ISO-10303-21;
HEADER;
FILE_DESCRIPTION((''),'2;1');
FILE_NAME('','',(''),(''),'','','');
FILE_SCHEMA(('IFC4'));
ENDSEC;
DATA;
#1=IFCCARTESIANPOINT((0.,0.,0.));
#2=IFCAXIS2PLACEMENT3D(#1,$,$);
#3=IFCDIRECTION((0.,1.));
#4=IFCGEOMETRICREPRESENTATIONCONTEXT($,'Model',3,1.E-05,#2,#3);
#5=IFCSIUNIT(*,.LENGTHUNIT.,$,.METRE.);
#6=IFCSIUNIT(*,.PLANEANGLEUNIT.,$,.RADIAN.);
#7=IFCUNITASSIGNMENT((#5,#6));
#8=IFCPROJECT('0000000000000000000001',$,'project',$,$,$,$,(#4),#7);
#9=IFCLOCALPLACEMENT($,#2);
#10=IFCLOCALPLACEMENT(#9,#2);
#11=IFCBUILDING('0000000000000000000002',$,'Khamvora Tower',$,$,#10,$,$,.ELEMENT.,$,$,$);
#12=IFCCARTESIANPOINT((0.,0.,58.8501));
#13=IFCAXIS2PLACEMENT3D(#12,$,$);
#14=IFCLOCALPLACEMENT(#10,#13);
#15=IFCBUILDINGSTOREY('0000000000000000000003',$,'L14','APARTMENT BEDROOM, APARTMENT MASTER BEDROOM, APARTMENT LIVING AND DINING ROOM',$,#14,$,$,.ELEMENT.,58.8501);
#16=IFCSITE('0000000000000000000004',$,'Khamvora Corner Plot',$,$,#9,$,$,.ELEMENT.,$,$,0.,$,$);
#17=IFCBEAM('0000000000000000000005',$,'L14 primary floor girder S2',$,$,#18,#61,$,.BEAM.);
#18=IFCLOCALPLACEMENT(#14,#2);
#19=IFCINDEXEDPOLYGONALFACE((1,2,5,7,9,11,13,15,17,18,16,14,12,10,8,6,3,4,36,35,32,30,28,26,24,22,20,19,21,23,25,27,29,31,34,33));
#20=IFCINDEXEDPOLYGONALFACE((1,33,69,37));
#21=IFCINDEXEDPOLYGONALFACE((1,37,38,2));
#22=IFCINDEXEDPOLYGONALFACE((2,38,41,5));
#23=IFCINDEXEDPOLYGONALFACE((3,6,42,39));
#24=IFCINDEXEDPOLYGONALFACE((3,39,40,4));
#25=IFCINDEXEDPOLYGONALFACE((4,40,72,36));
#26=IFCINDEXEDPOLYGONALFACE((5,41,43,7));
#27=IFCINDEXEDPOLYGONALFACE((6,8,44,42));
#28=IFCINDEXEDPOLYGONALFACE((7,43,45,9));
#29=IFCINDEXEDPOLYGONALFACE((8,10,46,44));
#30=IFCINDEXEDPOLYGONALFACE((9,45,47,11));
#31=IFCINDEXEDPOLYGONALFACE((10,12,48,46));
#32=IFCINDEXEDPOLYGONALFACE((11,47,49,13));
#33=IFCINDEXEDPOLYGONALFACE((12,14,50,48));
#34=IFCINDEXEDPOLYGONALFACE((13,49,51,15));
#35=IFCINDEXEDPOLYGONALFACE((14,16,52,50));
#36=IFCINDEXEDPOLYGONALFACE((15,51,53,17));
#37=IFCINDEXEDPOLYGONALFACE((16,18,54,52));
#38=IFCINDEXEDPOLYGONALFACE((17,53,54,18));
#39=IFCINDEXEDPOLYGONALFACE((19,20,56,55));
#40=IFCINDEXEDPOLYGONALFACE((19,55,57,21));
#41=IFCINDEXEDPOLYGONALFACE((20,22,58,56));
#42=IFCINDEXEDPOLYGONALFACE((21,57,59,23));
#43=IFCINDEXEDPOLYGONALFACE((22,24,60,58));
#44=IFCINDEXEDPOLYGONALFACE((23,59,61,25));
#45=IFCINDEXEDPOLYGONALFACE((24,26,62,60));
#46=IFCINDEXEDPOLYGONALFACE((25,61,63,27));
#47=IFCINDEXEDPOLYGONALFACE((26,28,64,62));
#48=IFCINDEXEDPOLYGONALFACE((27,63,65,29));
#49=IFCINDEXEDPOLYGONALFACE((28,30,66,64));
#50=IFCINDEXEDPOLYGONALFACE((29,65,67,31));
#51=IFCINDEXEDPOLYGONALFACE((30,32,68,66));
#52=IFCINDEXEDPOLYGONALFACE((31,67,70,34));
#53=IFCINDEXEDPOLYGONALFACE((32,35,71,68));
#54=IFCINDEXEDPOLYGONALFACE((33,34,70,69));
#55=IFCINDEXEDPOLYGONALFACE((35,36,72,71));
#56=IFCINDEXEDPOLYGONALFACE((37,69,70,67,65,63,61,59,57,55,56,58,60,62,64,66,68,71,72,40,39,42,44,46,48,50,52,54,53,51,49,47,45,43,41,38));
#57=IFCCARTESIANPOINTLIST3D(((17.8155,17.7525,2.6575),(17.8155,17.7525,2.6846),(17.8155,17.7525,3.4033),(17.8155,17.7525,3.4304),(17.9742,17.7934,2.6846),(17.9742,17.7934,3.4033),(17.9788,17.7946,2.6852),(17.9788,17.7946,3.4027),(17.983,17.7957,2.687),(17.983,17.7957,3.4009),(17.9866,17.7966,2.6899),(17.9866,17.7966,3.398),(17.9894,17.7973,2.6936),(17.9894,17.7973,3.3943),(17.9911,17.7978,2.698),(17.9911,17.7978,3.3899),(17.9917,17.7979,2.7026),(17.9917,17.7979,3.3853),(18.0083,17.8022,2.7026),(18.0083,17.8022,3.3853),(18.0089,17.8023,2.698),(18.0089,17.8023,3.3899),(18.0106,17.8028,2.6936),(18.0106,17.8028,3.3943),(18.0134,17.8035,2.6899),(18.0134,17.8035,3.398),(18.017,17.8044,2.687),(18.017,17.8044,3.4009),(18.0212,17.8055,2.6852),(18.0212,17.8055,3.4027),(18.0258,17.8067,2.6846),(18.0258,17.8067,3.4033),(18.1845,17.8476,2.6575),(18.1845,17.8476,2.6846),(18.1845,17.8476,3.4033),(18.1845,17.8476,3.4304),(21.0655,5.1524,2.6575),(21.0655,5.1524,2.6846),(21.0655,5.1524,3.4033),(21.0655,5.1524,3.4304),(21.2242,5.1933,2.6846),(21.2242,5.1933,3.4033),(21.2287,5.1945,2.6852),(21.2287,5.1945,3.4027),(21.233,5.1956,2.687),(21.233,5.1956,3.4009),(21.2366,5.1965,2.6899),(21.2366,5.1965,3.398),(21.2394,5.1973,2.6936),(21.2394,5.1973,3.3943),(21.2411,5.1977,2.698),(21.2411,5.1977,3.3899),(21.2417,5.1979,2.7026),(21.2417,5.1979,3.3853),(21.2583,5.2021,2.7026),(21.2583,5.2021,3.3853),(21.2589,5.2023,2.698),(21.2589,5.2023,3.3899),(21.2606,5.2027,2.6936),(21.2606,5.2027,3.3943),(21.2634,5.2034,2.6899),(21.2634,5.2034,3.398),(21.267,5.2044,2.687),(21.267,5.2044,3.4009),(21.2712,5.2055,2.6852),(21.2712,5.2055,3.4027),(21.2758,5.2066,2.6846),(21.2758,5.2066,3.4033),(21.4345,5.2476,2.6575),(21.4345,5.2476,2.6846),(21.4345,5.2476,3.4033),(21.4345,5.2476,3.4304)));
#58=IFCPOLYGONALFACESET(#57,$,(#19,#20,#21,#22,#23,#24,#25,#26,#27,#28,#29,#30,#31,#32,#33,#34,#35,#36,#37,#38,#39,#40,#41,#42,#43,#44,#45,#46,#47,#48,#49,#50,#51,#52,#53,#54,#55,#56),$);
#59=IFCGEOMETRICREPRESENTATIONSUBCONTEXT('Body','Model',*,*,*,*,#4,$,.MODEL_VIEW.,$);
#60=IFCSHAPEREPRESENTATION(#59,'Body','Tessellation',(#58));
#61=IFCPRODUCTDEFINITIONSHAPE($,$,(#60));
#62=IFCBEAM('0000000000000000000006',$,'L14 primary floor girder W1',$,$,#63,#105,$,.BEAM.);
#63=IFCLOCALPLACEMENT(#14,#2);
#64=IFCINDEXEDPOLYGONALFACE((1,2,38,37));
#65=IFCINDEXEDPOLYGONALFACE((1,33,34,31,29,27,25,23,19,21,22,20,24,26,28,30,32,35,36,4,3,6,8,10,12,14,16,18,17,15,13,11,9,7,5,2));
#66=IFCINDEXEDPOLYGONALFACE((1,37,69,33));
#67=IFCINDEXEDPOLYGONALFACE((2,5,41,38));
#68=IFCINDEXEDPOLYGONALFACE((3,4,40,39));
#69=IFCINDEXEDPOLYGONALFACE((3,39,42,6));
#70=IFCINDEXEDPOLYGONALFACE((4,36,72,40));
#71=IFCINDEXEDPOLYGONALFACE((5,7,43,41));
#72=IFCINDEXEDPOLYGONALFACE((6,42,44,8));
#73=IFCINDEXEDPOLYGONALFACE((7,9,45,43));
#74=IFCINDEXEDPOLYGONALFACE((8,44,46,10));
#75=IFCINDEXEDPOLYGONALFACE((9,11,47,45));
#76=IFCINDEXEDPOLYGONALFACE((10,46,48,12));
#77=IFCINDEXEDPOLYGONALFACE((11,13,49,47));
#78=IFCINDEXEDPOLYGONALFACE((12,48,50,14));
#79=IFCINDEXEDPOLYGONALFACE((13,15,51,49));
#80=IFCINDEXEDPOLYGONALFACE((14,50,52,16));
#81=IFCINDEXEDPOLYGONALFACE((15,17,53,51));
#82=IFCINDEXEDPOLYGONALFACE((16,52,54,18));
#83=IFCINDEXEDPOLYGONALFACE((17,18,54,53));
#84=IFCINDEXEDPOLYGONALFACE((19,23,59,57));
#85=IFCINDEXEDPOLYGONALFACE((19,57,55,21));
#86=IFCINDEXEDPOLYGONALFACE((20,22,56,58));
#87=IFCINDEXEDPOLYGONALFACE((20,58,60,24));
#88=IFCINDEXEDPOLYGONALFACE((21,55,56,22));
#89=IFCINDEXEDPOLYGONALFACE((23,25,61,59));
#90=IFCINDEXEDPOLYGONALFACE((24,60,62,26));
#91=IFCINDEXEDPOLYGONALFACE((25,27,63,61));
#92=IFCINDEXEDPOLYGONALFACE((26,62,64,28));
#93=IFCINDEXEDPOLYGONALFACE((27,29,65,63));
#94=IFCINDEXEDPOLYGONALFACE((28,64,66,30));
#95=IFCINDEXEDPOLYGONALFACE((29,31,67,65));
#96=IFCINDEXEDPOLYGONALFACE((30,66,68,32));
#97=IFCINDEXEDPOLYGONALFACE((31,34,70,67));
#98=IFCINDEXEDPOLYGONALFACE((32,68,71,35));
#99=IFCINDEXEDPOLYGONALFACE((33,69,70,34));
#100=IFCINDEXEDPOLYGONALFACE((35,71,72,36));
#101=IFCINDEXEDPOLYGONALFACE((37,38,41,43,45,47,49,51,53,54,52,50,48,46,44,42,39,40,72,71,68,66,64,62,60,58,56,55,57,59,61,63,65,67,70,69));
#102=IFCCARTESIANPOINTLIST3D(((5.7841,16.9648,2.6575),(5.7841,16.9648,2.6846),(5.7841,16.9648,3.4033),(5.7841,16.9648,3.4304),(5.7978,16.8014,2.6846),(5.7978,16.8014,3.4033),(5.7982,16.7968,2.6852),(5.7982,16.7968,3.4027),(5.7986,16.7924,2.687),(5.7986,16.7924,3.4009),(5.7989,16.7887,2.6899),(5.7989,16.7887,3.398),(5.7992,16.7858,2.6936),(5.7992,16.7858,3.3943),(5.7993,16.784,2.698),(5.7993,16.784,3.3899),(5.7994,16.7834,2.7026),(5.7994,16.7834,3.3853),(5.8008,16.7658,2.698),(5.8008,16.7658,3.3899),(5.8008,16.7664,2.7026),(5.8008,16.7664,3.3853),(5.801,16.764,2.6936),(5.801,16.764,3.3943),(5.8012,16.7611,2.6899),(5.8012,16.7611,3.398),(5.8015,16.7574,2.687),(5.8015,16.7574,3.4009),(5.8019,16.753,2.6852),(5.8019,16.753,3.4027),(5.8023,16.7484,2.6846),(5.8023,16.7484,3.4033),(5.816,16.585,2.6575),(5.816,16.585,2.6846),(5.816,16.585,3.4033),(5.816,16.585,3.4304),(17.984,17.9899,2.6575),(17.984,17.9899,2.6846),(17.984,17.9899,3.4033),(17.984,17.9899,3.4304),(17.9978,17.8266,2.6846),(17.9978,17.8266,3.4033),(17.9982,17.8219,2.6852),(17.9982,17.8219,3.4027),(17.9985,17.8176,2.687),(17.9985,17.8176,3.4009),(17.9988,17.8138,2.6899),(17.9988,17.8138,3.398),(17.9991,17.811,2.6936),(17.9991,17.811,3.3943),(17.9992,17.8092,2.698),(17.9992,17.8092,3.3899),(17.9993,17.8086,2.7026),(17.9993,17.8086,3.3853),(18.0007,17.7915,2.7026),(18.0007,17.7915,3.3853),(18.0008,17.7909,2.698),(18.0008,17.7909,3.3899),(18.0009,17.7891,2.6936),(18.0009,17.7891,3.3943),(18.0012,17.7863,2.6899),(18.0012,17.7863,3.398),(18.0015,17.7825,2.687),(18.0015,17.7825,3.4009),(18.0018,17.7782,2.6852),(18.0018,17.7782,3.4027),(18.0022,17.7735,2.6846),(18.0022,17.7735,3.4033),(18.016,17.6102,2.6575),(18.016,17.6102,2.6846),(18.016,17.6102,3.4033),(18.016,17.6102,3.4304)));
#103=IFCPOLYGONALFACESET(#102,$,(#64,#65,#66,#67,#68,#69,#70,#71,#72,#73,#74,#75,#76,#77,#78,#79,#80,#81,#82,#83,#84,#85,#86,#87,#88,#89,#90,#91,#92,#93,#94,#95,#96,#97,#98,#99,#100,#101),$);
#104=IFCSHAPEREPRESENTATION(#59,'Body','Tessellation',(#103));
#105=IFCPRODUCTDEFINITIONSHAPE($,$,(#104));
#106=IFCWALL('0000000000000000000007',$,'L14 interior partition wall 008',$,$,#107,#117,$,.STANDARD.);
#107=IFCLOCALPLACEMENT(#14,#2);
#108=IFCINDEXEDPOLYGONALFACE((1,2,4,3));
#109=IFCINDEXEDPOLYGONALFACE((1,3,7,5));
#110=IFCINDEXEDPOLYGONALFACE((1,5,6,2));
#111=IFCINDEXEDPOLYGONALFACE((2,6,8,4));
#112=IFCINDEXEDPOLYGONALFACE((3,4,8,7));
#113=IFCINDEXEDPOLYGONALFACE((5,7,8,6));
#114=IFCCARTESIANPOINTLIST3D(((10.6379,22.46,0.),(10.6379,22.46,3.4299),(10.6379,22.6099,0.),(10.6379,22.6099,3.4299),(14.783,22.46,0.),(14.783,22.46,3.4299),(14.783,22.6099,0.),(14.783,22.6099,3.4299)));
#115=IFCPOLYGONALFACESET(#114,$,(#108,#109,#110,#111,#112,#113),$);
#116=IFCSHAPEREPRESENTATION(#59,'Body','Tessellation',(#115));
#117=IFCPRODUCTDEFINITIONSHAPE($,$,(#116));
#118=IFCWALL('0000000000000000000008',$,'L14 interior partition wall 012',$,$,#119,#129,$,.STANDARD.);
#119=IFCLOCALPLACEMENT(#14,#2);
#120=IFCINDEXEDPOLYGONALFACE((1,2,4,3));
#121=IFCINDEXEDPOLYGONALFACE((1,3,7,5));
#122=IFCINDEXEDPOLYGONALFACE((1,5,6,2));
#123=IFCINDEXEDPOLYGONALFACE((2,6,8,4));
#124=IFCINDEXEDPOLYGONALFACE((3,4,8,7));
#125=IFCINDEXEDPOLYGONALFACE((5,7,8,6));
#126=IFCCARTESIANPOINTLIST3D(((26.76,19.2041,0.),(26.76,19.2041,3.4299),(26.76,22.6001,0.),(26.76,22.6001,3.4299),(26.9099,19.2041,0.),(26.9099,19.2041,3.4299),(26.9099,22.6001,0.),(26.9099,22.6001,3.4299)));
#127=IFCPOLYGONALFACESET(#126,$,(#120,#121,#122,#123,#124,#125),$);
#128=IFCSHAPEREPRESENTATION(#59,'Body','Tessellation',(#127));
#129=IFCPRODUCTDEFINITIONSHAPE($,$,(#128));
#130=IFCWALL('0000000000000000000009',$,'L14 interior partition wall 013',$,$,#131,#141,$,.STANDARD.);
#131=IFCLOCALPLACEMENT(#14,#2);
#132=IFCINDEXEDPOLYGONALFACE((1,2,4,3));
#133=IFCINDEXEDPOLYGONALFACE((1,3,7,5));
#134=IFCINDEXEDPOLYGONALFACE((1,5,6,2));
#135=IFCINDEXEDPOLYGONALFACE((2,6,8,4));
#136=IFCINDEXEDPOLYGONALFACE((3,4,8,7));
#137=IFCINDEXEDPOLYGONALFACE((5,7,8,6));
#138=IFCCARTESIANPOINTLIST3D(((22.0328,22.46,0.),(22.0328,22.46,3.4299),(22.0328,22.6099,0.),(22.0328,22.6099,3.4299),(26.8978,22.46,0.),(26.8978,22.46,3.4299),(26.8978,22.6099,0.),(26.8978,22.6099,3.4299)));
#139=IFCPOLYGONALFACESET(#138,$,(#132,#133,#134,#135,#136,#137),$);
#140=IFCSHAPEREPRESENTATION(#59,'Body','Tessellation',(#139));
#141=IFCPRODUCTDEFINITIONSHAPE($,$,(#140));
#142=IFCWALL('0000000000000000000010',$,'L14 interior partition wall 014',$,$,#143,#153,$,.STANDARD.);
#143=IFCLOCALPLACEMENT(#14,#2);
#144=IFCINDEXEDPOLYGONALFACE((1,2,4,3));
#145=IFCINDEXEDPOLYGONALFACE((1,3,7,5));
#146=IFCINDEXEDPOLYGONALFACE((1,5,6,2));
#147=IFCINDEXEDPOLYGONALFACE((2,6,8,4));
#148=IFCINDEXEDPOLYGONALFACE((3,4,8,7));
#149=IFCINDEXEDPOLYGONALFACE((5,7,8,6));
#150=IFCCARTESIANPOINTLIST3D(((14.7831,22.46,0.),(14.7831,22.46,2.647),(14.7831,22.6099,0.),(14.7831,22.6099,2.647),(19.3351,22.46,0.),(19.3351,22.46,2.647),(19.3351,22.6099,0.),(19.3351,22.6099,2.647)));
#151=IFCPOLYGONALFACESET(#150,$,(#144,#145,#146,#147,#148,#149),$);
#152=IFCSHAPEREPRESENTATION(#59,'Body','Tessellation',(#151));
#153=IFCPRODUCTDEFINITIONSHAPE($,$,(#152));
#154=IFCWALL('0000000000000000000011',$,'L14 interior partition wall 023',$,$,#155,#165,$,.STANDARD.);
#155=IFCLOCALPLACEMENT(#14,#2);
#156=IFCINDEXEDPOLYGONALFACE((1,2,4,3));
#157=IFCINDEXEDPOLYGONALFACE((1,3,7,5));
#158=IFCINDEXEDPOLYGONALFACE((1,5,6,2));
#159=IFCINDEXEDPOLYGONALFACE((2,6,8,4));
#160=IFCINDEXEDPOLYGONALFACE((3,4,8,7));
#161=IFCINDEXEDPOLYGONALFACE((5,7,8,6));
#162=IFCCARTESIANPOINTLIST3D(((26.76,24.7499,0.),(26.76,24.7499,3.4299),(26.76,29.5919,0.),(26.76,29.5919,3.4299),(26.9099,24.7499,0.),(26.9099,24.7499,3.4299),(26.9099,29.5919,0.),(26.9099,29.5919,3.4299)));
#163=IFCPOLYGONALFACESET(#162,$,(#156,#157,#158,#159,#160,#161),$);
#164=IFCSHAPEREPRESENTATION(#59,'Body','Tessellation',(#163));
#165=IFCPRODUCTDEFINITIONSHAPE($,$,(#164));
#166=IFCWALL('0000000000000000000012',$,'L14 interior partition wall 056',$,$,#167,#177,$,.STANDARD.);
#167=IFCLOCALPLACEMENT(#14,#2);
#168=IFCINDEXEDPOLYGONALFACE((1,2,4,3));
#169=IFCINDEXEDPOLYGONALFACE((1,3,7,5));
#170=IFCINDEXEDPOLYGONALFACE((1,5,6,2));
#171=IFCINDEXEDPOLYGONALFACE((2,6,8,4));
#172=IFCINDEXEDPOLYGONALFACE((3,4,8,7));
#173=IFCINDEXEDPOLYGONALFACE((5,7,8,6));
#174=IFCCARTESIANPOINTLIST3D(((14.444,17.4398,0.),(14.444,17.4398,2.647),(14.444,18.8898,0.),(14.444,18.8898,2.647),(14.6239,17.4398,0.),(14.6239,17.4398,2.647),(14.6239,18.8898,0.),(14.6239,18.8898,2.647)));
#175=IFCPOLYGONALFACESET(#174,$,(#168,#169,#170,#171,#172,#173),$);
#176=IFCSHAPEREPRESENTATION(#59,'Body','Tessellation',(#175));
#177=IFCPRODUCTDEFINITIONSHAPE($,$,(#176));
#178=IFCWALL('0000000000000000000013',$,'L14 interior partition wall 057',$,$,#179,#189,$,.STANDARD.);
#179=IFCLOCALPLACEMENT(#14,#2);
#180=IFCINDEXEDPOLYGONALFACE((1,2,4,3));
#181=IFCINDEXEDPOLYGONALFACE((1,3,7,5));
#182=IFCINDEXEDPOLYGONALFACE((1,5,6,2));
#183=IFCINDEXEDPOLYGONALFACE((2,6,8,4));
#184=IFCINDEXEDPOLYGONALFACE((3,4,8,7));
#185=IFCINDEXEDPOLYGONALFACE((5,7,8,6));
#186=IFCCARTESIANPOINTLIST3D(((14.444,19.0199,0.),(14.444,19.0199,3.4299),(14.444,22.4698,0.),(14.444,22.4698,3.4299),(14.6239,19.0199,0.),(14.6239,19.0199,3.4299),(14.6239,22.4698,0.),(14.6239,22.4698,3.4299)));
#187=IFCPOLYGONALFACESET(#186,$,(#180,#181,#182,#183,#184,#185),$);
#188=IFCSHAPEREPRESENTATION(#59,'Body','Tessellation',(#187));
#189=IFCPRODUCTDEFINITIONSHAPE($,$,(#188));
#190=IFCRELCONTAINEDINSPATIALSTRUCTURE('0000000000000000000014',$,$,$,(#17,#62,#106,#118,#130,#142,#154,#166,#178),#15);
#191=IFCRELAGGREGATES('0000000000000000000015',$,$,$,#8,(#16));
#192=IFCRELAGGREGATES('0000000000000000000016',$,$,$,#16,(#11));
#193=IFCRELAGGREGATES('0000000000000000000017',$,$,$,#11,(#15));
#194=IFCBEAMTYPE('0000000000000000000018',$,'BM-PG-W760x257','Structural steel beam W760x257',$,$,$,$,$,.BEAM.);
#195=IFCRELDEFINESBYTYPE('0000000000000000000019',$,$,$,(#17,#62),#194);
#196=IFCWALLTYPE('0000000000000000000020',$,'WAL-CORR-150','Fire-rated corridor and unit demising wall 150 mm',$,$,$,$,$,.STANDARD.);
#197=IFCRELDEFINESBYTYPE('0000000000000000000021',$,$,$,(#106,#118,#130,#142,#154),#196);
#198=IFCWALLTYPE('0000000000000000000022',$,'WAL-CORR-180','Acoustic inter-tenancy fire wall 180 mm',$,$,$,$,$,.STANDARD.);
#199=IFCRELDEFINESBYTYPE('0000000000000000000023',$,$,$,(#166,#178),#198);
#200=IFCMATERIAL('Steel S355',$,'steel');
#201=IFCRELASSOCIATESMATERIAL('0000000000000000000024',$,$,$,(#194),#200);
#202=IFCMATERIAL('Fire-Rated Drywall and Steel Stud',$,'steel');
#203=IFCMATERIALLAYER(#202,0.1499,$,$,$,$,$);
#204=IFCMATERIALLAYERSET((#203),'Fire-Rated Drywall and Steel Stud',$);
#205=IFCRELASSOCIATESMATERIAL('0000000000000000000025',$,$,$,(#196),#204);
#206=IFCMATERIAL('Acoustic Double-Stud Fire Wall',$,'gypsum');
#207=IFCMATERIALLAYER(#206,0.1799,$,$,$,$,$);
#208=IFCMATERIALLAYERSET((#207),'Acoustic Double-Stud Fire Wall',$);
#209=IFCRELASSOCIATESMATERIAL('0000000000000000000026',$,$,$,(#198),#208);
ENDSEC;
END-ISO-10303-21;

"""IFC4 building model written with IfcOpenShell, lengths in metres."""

from ifc_helpers import new_model, si_unit, direction, frame, frame_2d, origin, origin_2d, place, context, subcontext, project, spatial, rectangle, i_section, extrude, material, layer, layer_set, material_profile, profile_set, type_object, element, save


model = new_model("IFC4")

# Units and contexts
model_context = context("Model", 3, precision=1e-05, world=origin(), true_north=direction((0.0, 1.0)))
body_context = subcontext(model_context, "Body", "Model", "MODEL_VIEW")
ifc_project = project(units=[si_unit("LENGTHUNIT", "METRE"), si_unit("PLANEANGLEUNIT", "RADIAN")], contexts=[model_context])

# Site, building, storey
site_placement = place(None, origin())
site = spatial("IfcSite", under=ifc_project, at=site_placement, Name="Khamvora Corner Plot", CompositionType="ELEMENT", RefElevation=0.0)
building_placement = place(site_placement, origin())
building = spatial("IfcBuilding", under=site, at=building_placement, Name="Khamvora Tower", CompositionType="ELEMENT")
storey_placement = place(building_placement, frame((0.0, 0.0, 58.8501)))
storey = spatial("IfcBuildingStorey", under=building, at=storey_placement, Name="L14", Description="APARTMENT BEDROOM, APARTMENT MASTER BEDROOM, APARTMENT LIVING AND DINING ROOM", CompositionType="ELEMENT", Elevation=58.8501)

# Beams
ifc_material_1 = material(Name="Steel S355", Category="steel")
ifc_material_profile_1 = material_profile(ifc_material_1, i_section(OverallWidth=0.3811, OverallDepth=0.7729, WebThickness=0.0171, FlangeThickness=0.0271, FilletRadius=0.0181, at=origin_2d()), Name="W760x257")
ifc_profile_set_1 = profile_set([ifc_material_profile_1], Name="Steel S355")
beam_type_1 = type_object("IfcBeamType", Name="BM-PG-W760x257", Description="Structural steel beam W760x257", PredefinedType="BEAM", material=ifc_profile_set_1)
beam_1_placement = place(storey_placement, frame((18.0, 17.8, 3.0439), z_axis=(0.24976, -0.968308, 0.0), x_axis=(0.968308, 0.24976, 0.0)))
element("IfcBeam", 1, at=beam_1_placement, inside=storey, type_object=beam_type_1, Name="L14 primary floor girder S2", PredefinedType="BEAM", context=body_context, shape_type="SweptSolid", body=[
    extrude(i_section(OverallWidth=0.3811, OverallDepth=0.7729, WebThickness=0.0171, FlangeThickness=0.0271, FilletRadius=0.0181, at=origin_2d()), origin(), (0.0, 0.0, 1.0), 13.0125),
])
beam_2_placement = place(storey_placement, frame((18.0, 17.8, 3.0439), z_axis=(-0.996488, -0.083734, 0.0), x_axis=(0.083734, -0.996488, 0.0)))
element("IfcBeam", 2, at=beam_2_placement, inside=storey, type_object=beam_type_1, Name="L14 primary floor girder W1", PredefinedType="BEAM", context=body_context, shape_type="SweptSolid", body=[
    extrude(i_section(OverallWidth=0.3811, OverallDepth=0.7729, WebThickness=0.0171, FlangeThickness=0.0271, FilletRadius=0.0181, at=origin_2d()), origin(), (0.0, 0.0, 1.0), 12.2429),
])

# Shared definitions
ifc_material_2 = material(Name="Fire-Rated Drywall and Steel Stud", Category="steel")
ifc_layer_1 = layer(ifc_material_2, 0.1499)
ifc_layer_set_1 = layer_set([ifc_layer_1], Name="Fire-Rated Drywall and Steel Stud")
wall_type_1 = type_object("IfcWallType", Name="WAL-CORR-150", Description="Fire-rated corridor and unit demising wall 150 mm", PredefinedType="STANDARD", material=ifc_layer_set_1)

# Wall
wall_1_placement = place(storey_placement, frame((14.783, 22.5349, 0.0), z_axis=(0.0, 0.0, 1.0), x_axis=(-1.0, 0.0, 0.0)))
element("IfcWall", 3, at=wall_1_placement, inside=storey, type_object=wall_type_1, Name="L14 interior partition wall 008", PredefinedType="STANDARD", context=body_context, shape_type="SweptSolid", body=[
    extrude(rectangle(XDim=4.145, YDim=0.1499, at=frame_2d((2.0725, 0.0))), origin(), (0.0, 0.0, 1.0), 3.4299),
])

# Walls
wall_2_placement = place(storey_placement, frame((26.835, 19.2041, 0.0), z_axis=(0.0, 0.0, 1.0), x_axis=(0.0, 1.0, 0.0)))
element("IfcWall", 4, at=wall_2_placement, inside=storey, type_object=wall_type_1, Name="L14 interior partition wall 012", PredefinedType="STANDARD", context=body_context, shape_type="SweptSolid", body=[
    extrude(rectangle(XDim=3.396, YDim=0.1499, at=frame_2d((1.698, 0.0))), origin(), (0.0, 0.0, 1.0), 3.4299),
])
wall_3_placement = place(storey_placement, frame((26.8979, 22.5349, 0.0), z_axis=(0.0, 0.0, 1.0), x_axis=(-1.0, 0.0, 0.0)))
element("IfcWall", 5, at=wall_3_placement, inside=storey, type_object=wall_type_1, Name="L14 interior partition wall 013", PredefinedType="STANDARD", context=body_context, shape_type="SweptSolid", body=[
    extrude(rectangle(XDim=4.865, YDim=0.1499, at=frame_2d((2.4326, 0.0))), origin(), (0.0, 0.0, 1.0), 3.4299),
])
wall_4_placement = place(storey_placement, frame((19.335, 22.5349, 0.0), z_axis=(0.0, 0.0, 1.0), x_axis=(-1.0, 0.0, 0.0)))
element("IfcWall", 6, at=wall_4_placement, inside=storey, type_object=wall_type_1, Name="L14 interior partition wall 014", PredefinedType="STANDARD", context=body_context, shape_type="SweptSolid", body=[
    extrude(rectangle(XDim=4.552, YDim=0.1499, at=frame_2d((2.2759, 0.0))), origin(), (0.0, 0.0, 1.0), 2.647),
])
wall_5_placement = place(storey_placement, frame((26.835, 24.75, 0.0), z_axis=(0.0, 0.0, 1.0), x_axis=(0.0, 1.0, 0.0)))
element("IfcWall", 7, at=wall_5_placement, inside=storey, type_object=wall_type_1, Name="L14 interior partition wall 023", PredefinedType="STANDARD", context=body_context, shape_type="SweptSolid", body=[
    extrude(rectangle(XDim=4.842, YDim=0.1499, at=frame_2d((2.4209, 0.0))), origin(), (0.0, 0.0, 1.0), 3.4299),
])
ifc_material_3 = material(Name="Acoustic Double-Stud Fire Wall", Category="gypsum")
ifc_layer_2 = layer(ifc_material_3, 0.1799)
ifc_layer_set_2 = layer_set([ifc_layer_2], Name="Acoustic Double-Stud Fire Wall")
wall_type_2 = type_object("IfcWallType", Name="WAL-CORR-180", Description="Acoustic inter-tenancy fire wall 180 mm", PredefinedType="STANDARD", material=ifc_layer_set_2)
wall_6_placement = place(storey_placement, frame((14.5339, 18.8899, 0.0), z_axis=(0.0, 0.0, 1.0), x_axis=(0.0, -1.0, 0.0)))
element("IfcWall", 8, at=wall_6_placement, inside=storey, type_object=wall_type_2, Name="L14 interior partition wall 056", PredefinedType="STANDARD", context=body_context, shape_type="SweptSolid", body=[
    extrude(rectangle(XDim=1.45, YDim=0.1799, at=frame_2d((0.7251, 0.0))), origin(), (0.0, 0.0, 1.0), 2.647),
])
wall_7_placement = place(storey_placement, frame((14.5339, 22.47, 0.0), z_axis=(0.0, 0.0, 1.0), x_axis=(0.0, -1.0, 0.0)))
element("IfcWall", 9, at=wall_7_placement, inside=storey, type_object=wall_type_2, Name="L14 interior partition wall 057", PredefinedType="STANDARD", context=body_context, shape_type="SweptSolid", body=[
    extrude(rectangle(XDim=3.45, YDim=0.1799, at=frame_2d((1.7251, 0.0))), origin(), (0.0, 0.0, 1.0), 3.4299),
])

save(model, "model.ifc")
